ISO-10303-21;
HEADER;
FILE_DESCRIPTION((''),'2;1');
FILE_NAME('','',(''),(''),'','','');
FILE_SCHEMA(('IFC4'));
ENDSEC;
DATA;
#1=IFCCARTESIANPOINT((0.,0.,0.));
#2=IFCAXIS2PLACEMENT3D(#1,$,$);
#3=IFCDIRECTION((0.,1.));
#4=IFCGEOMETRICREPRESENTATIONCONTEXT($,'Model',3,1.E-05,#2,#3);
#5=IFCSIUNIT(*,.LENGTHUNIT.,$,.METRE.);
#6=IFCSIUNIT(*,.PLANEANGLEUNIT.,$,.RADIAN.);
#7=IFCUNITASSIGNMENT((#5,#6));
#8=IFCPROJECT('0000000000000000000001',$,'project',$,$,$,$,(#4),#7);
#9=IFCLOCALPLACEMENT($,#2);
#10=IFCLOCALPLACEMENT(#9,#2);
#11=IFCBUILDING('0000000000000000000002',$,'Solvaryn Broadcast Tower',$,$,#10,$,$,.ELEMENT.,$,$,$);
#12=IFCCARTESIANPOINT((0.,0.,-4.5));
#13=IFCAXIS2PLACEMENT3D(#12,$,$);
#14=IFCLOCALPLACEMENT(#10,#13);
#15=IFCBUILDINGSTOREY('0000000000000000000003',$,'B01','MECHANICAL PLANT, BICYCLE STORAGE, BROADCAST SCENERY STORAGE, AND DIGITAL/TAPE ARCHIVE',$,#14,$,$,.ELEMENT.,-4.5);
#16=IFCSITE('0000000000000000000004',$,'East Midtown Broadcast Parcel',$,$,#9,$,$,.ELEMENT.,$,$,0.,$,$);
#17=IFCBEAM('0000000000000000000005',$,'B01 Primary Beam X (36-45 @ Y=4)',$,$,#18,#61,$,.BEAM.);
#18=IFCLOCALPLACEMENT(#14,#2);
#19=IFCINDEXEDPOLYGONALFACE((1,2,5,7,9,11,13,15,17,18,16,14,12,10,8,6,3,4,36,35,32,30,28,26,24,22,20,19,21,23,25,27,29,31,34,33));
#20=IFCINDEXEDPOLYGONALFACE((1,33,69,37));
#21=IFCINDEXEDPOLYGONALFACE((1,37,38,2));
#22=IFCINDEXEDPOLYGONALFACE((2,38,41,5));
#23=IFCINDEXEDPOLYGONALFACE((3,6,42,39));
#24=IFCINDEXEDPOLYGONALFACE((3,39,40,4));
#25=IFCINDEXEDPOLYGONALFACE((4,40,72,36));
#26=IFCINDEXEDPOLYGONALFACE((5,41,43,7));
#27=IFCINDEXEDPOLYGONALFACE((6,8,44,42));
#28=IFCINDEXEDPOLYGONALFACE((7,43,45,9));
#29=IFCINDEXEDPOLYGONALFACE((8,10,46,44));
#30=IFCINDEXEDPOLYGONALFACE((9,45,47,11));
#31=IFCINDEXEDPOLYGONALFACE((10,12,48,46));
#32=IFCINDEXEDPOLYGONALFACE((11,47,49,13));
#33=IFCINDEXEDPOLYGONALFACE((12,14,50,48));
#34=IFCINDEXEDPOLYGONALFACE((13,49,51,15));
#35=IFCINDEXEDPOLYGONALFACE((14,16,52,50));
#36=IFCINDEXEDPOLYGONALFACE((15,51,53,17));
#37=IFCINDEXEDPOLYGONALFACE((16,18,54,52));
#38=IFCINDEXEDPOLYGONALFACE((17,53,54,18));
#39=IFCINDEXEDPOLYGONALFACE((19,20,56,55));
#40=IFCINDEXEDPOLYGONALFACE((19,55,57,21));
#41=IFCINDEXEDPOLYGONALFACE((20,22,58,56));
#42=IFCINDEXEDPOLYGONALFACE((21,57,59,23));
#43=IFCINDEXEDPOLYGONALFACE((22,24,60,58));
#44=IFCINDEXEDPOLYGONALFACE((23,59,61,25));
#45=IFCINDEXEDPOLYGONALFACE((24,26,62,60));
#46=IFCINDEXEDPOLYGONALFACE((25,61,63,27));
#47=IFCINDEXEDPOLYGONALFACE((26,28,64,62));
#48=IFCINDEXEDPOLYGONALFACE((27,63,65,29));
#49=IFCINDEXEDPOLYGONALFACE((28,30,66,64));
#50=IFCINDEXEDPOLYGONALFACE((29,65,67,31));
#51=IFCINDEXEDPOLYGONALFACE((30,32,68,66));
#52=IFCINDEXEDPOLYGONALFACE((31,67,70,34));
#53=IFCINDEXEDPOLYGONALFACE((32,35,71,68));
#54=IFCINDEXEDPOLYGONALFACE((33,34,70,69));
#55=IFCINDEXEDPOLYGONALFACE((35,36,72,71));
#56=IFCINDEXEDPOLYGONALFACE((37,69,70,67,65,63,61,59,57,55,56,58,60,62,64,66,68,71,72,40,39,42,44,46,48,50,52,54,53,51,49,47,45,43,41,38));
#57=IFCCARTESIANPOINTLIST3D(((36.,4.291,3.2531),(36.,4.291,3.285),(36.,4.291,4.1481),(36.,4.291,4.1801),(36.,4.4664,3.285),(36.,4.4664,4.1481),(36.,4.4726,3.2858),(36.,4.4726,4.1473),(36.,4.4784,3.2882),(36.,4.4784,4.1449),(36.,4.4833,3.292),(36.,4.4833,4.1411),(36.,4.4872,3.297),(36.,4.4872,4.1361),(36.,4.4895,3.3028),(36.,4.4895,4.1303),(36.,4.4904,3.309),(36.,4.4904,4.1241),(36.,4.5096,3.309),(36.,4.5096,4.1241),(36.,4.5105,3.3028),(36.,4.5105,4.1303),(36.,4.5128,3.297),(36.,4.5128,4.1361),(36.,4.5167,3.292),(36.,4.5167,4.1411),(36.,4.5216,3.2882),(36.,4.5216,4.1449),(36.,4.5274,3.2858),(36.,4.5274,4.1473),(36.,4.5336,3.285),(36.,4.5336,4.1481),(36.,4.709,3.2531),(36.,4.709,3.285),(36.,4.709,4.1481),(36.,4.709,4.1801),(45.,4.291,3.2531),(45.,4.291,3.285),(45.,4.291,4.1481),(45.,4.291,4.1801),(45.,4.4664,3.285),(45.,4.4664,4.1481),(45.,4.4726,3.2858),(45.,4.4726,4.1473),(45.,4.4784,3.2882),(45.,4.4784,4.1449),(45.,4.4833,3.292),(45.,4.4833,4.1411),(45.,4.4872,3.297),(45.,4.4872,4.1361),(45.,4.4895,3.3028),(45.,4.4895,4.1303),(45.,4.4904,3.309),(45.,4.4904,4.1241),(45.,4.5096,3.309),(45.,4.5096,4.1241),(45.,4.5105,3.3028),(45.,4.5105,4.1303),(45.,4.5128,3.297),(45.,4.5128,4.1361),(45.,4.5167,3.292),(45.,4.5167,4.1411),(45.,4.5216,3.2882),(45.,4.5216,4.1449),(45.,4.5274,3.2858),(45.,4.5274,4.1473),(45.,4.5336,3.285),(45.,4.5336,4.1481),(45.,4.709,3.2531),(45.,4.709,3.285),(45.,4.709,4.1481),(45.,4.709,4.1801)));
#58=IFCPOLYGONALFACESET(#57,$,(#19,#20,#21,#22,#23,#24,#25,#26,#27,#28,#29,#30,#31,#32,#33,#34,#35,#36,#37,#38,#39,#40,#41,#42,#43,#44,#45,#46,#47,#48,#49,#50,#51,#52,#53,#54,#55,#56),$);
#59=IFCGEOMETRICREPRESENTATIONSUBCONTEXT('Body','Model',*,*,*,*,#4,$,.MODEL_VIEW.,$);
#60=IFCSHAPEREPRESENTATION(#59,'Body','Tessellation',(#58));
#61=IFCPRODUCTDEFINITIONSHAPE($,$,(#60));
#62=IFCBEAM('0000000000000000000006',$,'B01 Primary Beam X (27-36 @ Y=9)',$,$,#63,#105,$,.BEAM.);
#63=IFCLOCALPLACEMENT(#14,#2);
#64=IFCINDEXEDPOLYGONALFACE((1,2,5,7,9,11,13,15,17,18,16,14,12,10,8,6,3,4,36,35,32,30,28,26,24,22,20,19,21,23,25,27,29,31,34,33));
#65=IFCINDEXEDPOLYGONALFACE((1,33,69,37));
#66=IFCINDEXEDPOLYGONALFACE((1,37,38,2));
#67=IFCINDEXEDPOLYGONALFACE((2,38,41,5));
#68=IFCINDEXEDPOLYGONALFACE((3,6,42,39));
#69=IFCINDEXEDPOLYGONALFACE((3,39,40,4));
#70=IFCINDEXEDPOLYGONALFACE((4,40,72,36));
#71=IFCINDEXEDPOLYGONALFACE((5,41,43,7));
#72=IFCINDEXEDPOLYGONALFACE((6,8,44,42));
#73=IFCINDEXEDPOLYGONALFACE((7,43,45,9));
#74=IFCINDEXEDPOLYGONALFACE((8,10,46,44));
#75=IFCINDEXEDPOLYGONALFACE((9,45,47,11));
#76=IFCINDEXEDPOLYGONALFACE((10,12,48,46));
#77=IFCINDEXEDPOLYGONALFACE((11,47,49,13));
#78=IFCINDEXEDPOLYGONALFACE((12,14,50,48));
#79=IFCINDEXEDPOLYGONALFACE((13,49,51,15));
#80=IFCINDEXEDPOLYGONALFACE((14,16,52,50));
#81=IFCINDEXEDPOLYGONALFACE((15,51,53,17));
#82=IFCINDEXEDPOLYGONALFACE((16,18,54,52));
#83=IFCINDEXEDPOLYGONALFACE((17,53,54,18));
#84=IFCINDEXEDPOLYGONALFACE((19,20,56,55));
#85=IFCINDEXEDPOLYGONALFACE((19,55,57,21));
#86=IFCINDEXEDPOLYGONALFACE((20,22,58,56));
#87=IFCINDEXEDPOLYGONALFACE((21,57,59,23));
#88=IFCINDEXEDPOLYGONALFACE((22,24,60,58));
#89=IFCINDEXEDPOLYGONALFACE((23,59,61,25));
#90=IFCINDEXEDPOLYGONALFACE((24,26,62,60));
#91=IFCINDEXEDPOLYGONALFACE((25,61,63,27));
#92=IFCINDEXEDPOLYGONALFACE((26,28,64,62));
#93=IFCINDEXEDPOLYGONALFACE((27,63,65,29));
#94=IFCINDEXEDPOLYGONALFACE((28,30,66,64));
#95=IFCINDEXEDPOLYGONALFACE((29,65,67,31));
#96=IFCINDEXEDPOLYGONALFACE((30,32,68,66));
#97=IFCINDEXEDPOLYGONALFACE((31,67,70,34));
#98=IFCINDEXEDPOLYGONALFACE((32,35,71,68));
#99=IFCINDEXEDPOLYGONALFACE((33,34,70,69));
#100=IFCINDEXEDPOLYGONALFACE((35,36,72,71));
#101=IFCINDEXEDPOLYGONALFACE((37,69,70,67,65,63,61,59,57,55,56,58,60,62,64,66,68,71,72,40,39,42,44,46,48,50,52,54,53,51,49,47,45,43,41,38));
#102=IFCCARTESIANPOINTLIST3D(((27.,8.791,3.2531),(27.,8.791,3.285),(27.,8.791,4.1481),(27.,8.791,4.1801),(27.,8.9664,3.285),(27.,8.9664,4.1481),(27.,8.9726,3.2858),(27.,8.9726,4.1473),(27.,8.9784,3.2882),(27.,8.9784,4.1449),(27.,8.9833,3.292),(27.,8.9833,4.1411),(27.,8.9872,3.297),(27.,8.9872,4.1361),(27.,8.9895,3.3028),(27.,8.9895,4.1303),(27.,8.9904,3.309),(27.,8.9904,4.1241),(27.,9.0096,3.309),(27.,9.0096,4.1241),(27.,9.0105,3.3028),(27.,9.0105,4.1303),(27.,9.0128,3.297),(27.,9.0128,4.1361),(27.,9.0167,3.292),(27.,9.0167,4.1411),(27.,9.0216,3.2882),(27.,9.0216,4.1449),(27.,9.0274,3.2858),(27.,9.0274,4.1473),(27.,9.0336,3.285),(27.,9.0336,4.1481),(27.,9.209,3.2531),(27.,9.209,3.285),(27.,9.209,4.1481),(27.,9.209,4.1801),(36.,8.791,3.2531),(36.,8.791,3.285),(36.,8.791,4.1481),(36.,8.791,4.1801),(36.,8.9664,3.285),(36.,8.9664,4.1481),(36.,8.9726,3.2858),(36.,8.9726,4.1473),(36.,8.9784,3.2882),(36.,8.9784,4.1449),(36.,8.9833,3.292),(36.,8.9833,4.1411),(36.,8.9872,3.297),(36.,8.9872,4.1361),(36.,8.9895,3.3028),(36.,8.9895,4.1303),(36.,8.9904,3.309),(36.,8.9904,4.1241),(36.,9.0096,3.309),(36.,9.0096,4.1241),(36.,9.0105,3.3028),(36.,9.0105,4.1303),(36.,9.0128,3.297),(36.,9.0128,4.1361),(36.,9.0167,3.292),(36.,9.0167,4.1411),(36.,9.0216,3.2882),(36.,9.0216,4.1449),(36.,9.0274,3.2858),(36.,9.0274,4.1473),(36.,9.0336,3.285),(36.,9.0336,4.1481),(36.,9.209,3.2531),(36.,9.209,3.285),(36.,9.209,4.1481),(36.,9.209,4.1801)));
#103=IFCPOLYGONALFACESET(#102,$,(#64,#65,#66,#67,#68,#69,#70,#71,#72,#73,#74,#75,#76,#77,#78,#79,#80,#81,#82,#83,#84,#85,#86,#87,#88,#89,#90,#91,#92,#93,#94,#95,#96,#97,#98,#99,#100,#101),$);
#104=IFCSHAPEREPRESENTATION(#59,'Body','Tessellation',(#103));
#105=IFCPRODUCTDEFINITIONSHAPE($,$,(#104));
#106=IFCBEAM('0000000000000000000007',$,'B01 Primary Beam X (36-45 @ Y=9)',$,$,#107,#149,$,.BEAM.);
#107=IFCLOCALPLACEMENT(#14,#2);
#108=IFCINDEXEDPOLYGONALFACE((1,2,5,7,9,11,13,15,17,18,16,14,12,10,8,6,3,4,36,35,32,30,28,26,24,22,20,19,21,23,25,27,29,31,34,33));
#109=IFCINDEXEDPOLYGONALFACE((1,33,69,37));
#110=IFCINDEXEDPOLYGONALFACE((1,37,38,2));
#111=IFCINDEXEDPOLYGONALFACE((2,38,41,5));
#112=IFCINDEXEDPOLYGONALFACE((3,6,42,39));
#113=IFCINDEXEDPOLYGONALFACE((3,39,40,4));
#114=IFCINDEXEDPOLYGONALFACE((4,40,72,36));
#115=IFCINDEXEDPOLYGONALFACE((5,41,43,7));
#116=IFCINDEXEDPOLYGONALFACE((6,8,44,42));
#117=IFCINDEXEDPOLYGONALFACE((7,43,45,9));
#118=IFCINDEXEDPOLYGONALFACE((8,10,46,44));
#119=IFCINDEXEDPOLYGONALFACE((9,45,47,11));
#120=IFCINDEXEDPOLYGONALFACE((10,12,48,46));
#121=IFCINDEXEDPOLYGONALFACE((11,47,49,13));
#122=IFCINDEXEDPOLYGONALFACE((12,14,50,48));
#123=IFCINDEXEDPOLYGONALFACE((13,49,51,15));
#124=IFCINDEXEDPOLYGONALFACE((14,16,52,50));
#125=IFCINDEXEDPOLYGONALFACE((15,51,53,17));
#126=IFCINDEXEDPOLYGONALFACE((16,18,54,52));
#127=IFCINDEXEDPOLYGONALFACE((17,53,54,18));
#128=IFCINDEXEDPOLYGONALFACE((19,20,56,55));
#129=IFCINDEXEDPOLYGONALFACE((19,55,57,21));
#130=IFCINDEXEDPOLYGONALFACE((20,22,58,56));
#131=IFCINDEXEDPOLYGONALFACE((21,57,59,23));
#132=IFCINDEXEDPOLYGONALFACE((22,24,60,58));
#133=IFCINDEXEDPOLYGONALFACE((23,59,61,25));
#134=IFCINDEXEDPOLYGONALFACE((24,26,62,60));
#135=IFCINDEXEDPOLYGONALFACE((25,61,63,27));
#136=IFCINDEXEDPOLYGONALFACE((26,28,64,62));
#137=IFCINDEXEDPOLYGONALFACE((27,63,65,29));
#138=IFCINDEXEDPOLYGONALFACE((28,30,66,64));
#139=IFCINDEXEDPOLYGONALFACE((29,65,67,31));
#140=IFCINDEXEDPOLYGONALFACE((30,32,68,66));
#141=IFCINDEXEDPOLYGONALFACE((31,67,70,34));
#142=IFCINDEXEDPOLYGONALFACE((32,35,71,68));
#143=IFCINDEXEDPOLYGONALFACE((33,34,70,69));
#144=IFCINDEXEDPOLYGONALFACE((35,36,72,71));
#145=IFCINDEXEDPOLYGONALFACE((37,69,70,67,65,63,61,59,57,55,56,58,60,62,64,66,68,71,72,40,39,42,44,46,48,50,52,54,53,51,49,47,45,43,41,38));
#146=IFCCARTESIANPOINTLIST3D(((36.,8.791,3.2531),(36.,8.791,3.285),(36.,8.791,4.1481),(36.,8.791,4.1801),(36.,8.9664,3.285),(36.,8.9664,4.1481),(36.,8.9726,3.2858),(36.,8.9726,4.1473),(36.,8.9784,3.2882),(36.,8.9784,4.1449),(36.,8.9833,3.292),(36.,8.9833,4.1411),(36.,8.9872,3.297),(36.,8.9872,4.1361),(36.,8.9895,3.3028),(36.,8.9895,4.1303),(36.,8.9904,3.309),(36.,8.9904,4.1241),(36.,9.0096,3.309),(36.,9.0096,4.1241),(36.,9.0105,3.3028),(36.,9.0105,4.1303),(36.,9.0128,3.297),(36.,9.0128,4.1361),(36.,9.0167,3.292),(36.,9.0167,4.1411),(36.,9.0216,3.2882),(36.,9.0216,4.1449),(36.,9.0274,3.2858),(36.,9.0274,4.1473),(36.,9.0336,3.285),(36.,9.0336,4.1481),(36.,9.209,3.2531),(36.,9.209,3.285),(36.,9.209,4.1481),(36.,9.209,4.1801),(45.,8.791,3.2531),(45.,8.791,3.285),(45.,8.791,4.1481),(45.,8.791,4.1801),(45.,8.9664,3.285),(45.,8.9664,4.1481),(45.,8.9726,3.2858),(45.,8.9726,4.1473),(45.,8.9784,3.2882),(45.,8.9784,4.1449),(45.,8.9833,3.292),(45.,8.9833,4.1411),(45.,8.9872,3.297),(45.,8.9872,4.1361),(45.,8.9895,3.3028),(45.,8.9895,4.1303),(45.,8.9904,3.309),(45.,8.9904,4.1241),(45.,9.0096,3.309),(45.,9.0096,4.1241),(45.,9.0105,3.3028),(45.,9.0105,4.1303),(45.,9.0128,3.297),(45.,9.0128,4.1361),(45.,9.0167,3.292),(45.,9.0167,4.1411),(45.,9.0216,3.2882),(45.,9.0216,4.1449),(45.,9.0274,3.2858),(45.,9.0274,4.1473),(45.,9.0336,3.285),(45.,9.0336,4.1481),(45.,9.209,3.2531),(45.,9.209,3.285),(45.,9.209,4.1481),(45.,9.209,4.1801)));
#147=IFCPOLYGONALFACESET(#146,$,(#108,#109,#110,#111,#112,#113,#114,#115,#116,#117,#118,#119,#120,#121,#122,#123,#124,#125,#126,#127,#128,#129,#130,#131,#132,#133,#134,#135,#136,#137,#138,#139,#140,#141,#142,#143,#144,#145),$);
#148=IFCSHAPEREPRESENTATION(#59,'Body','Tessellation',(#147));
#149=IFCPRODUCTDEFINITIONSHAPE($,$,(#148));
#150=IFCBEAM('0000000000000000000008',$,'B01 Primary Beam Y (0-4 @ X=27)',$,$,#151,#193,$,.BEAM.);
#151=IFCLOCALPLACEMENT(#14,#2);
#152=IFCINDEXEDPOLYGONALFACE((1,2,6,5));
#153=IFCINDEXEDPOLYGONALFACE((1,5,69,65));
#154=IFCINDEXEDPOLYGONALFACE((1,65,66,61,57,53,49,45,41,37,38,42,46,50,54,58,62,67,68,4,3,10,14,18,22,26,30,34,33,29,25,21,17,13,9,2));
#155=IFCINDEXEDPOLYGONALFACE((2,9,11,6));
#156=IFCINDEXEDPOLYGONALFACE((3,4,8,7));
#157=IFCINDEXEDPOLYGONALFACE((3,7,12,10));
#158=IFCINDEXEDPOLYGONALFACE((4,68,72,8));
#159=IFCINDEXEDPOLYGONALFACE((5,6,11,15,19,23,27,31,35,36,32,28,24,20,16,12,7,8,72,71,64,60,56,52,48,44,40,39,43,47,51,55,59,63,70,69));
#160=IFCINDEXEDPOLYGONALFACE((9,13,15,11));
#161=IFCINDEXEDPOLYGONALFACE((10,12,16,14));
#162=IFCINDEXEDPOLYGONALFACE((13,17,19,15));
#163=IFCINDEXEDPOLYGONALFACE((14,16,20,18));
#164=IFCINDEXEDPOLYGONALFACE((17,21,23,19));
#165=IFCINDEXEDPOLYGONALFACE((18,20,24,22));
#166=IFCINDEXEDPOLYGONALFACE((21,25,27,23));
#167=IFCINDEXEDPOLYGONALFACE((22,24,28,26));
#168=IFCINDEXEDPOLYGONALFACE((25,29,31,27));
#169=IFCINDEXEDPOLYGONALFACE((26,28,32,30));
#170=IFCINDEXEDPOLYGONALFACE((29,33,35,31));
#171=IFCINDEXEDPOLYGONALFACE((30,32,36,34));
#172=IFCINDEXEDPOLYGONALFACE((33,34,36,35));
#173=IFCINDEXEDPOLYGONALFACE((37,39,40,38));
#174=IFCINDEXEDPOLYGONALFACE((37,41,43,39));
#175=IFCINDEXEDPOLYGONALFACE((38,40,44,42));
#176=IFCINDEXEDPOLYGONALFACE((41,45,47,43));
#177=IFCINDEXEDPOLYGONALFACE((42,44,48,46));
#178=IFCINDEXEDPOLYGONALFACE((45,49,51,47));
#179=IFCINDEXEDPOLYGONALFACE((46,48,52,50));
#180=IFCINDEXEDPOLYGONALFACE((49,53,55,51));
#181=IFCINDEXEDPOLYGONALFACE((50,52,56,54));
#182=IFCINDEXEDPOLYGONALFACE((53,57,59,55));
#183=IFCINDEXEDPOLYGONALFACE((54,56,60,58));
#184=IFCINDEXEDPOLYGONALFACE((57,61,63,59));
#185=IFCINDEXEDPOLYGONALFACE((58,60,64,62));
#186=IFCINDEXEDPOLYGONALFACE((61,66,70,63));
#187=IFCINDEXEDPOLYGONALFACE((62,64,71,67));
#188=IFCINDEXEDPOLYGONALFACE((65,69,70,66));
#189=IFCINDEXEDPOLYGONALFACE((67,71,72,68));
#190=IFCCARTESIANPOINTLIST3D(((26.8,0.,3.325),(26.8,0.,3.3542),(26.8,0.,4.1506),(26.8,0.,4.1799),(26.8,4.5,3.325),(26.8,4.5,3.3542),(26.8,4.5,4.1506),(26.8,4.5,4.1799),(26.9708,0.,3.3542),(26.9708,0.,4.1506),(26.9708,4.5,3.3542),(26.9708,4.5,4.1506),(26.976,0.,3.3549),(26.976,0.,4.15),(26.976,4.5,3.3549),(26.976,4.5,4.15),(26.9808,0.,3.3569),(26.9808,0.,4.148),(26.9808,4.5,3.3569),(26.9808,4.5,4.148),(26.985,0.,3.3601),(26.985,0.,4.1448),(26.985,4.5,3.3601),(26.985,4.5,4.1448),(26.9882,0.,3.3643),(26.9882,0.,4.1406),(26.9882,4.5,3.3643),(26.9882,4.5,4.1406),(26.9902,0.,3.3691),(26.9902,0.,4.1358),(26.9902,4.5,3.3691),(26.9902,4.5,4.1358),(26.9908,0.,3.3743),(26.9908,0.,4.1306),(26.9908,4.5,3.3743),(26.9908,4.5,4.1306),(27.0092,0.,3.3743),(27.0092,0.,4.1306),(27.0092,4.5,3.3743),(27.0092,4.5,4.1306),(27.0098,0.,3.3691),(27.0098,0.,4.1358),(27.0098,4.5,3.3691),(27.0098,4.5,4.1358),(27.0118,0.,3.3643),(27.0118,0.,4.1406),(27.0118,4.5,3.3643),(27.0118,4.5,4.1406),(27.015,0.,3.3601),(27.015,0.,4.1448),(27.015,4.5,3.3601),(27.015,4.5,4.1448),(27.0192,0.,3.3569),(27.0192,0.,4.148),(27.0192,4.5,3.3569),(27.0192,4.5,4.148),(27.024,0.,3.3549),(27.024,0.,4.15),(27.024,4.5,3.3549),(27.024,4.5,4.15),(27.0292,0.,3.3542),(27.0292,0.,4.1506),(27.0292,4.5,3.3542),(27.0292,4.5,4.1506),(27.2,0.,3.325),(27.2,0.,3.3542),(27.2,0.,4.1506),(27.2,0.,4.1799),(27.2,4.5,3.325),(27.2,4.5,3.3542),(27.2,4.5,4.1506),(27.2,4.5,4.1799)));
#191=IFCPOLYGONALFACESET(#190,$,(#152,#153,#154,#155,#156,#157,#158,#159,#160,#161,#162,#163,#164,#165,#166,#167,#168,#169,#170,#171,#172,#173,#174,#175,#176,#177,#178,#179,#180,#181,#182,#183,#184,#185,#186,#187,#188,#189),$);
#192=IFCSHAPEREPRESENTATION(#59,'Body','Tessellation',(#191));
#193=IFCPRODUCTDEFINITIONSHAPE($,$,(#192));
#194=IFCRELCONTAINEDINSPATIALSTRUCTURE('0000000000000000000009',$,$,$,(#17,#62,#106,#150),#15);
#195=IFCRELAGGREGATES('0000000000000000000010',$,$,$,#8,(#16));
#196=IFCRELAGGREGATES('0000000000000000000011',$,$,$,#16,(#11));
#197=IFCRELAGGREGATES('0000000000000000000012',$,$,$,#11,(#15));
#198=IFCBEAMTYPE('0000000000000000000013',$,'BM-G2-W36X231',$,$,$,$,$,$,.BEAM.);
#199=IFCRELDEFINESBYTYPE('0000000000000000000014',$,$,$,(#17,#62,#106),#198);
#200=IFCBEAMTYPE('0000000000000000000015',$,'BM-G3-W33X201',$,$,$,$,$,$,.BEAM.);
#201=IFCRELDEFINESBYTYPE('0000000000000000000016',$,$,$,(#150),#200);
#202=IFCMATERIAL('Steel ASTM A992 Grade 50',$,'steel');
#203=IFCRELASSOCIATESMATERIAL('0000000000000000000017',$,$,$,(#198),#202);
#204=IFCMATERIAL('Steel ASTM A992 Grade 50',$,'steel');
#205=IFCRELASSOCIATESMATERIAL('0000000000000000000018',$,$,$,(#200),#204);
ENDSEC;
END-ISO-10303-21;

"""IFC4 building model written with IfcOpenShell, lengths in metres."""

from ifc_helpers import new_model, si_unit, direction, frame, origin, origin_2d, place, context, subcontext, project, spatial, i_section, extrude, material, material_profile, profile_set, type_object, element, save


model = new_model("IFC4")

# Units and contexts
model_context = context("Model", 3, precision=1e-05, world=origin(), true_north=direction((0.0, 1.0)))
body_context = subcontext(model_context, "Body", "Model", "MODEL_VIEW")
ifc_project = project(units=[si_unit("LENGTHUNIT", "METRE"), si_unit("PLANEANGLEUNIT", "RADIAN")], contexts=[model_context])

# Site, building, storey
site_placement = place(None, origin())
site = spatial("IfcSite", under=ifc_project, at=site_placement, Name="East Midtown Broadcast Parcel", CompositionType="ELEMENT", RefElevation=0.0)
building_placement = place(site_placement, origin())
building = spatial("IfcBuilding", under=site, at=building_placement, Name="Solvaryn Broadcast Tower", CompositionType="ELEMENT")
storey_placement = place(building_placement, frame((0.0, 0.0, -4.5)))
storey = spatial("IfcBuildingStorey", under=building, at=storey_placement, Name="B01", Description="MECHANICAL PLANT, BICYCLE STORAGE, BROADCAST SCENERY STORAGE, AND DIGITAL/TAPE ARCHIVE", CompositionType="ELEMENT", Elevation=-4.5)

# Beams
ifc_material_1 = material(Name="Steel ASTM A992 Grade 50", Category="steel")
ifc_material_profile_1 = material_profile(ifc_material_1, i_section(OverallWidth=0.418, OverallDepth=0.927, WebThickness=0.0193, FlangeThickness=0.032, FilletRadius=0.0239, at=origin_2d()))
ifc_profile_set_1 = profile_set([ifc_material_profile_1], Name="Steel ASTM A992 Grade 50")
beam_type_1 = type_object("IfcBeamType", Name="BM-G2-W36X231", PredefinedType="BEAM", material=ifc_profile_set_1)
for number, where, z_axis, x_axis, name in (
    (1, (36.0, 4.5, 3.7166), (1.0, 0.0, 0.0), (0.0, 1.0, 0.0), "B01 Primary Beam X (36-45 @ Y=4)"),
    (2, (27.0, 9.0, 3.7166), (1.0, 0.0, 0.0), (0.0, 1.0, 0.0), "B01 Primary Beam X (27-36 @ Y=9)"),
    (3, (36.0, 9.0, 3.7166), (1.0, 0.0, 0.0), (0.0, 1.0, 0.0), "B01 Primary Beam X (36-45 @ Y=9)"),
):
    element("IfcBeam", number, at=place(storey_placement, frame(where, z_axis=z_axis, x_axis=x_axis)), inside=storey, type_object=beam_type_1, Name=name, PredefinedType="BEAM", context=body_context, shape_type="SweptSolid", body=[
        extrude(i_section(OverallWidth=0.418, OverallDepth=0.927, WebThickness=0.0193, FlangeThickness=0.032, FilletRadius=0.0239, at=origin_2d()), origin(), (0.0, 0.0, 1.0), 9.0),
    ])
ifc_material_2 = material(Name="Steel ASTM A992 Grade 50", Category="steel")
ifc_material_profile_2 = material_profile(ifc_material_2, i_section(OverallWidth=0.3999, OverallDepth=0.855, WebThickness=0.0183, FlangeThickness=0.0293, FilletRadius=0.02, at=origin_2d()))
ifc_profile_set_2 = profile_set([ifc_material_profile_2], Name="Steel ASTM A992 Grade 50")
beam_type_2 = type_object("IfcBeamType", Name="BM-G3-W33X201", PredefinedType="BEAM", material=ifc_profile_set_2)
for number, where, z_axis, x_axis, name in (
    (4, (27.0, 0.0, 3.7524), (0.0, 1.0, 0.0), (-1.0, 0.0, 0.0), "B01 Primary Beam Y (0-4 @ X=27)"),
):
    element("IfcBeam", number, at=place(storey_placement, frame(where, z_axis=z_axis, x_axis=x_axis)), inside=storey, type_object=beam_type_2, Name=name, PredefinedType="BEAM", context=body_context, shape_type="SweptSolid", body=[
        extrude(i_section(OverallWidth=0.3999, OverallDepth=0.855, WebThickness=0.0183, FlangeThickness=0.0293, FilletRadius=0.02, at=origin_2d()), origin(), (0.0, 0.0, 1.0), 4.5),
    ])

save(model, "model.ifc")
